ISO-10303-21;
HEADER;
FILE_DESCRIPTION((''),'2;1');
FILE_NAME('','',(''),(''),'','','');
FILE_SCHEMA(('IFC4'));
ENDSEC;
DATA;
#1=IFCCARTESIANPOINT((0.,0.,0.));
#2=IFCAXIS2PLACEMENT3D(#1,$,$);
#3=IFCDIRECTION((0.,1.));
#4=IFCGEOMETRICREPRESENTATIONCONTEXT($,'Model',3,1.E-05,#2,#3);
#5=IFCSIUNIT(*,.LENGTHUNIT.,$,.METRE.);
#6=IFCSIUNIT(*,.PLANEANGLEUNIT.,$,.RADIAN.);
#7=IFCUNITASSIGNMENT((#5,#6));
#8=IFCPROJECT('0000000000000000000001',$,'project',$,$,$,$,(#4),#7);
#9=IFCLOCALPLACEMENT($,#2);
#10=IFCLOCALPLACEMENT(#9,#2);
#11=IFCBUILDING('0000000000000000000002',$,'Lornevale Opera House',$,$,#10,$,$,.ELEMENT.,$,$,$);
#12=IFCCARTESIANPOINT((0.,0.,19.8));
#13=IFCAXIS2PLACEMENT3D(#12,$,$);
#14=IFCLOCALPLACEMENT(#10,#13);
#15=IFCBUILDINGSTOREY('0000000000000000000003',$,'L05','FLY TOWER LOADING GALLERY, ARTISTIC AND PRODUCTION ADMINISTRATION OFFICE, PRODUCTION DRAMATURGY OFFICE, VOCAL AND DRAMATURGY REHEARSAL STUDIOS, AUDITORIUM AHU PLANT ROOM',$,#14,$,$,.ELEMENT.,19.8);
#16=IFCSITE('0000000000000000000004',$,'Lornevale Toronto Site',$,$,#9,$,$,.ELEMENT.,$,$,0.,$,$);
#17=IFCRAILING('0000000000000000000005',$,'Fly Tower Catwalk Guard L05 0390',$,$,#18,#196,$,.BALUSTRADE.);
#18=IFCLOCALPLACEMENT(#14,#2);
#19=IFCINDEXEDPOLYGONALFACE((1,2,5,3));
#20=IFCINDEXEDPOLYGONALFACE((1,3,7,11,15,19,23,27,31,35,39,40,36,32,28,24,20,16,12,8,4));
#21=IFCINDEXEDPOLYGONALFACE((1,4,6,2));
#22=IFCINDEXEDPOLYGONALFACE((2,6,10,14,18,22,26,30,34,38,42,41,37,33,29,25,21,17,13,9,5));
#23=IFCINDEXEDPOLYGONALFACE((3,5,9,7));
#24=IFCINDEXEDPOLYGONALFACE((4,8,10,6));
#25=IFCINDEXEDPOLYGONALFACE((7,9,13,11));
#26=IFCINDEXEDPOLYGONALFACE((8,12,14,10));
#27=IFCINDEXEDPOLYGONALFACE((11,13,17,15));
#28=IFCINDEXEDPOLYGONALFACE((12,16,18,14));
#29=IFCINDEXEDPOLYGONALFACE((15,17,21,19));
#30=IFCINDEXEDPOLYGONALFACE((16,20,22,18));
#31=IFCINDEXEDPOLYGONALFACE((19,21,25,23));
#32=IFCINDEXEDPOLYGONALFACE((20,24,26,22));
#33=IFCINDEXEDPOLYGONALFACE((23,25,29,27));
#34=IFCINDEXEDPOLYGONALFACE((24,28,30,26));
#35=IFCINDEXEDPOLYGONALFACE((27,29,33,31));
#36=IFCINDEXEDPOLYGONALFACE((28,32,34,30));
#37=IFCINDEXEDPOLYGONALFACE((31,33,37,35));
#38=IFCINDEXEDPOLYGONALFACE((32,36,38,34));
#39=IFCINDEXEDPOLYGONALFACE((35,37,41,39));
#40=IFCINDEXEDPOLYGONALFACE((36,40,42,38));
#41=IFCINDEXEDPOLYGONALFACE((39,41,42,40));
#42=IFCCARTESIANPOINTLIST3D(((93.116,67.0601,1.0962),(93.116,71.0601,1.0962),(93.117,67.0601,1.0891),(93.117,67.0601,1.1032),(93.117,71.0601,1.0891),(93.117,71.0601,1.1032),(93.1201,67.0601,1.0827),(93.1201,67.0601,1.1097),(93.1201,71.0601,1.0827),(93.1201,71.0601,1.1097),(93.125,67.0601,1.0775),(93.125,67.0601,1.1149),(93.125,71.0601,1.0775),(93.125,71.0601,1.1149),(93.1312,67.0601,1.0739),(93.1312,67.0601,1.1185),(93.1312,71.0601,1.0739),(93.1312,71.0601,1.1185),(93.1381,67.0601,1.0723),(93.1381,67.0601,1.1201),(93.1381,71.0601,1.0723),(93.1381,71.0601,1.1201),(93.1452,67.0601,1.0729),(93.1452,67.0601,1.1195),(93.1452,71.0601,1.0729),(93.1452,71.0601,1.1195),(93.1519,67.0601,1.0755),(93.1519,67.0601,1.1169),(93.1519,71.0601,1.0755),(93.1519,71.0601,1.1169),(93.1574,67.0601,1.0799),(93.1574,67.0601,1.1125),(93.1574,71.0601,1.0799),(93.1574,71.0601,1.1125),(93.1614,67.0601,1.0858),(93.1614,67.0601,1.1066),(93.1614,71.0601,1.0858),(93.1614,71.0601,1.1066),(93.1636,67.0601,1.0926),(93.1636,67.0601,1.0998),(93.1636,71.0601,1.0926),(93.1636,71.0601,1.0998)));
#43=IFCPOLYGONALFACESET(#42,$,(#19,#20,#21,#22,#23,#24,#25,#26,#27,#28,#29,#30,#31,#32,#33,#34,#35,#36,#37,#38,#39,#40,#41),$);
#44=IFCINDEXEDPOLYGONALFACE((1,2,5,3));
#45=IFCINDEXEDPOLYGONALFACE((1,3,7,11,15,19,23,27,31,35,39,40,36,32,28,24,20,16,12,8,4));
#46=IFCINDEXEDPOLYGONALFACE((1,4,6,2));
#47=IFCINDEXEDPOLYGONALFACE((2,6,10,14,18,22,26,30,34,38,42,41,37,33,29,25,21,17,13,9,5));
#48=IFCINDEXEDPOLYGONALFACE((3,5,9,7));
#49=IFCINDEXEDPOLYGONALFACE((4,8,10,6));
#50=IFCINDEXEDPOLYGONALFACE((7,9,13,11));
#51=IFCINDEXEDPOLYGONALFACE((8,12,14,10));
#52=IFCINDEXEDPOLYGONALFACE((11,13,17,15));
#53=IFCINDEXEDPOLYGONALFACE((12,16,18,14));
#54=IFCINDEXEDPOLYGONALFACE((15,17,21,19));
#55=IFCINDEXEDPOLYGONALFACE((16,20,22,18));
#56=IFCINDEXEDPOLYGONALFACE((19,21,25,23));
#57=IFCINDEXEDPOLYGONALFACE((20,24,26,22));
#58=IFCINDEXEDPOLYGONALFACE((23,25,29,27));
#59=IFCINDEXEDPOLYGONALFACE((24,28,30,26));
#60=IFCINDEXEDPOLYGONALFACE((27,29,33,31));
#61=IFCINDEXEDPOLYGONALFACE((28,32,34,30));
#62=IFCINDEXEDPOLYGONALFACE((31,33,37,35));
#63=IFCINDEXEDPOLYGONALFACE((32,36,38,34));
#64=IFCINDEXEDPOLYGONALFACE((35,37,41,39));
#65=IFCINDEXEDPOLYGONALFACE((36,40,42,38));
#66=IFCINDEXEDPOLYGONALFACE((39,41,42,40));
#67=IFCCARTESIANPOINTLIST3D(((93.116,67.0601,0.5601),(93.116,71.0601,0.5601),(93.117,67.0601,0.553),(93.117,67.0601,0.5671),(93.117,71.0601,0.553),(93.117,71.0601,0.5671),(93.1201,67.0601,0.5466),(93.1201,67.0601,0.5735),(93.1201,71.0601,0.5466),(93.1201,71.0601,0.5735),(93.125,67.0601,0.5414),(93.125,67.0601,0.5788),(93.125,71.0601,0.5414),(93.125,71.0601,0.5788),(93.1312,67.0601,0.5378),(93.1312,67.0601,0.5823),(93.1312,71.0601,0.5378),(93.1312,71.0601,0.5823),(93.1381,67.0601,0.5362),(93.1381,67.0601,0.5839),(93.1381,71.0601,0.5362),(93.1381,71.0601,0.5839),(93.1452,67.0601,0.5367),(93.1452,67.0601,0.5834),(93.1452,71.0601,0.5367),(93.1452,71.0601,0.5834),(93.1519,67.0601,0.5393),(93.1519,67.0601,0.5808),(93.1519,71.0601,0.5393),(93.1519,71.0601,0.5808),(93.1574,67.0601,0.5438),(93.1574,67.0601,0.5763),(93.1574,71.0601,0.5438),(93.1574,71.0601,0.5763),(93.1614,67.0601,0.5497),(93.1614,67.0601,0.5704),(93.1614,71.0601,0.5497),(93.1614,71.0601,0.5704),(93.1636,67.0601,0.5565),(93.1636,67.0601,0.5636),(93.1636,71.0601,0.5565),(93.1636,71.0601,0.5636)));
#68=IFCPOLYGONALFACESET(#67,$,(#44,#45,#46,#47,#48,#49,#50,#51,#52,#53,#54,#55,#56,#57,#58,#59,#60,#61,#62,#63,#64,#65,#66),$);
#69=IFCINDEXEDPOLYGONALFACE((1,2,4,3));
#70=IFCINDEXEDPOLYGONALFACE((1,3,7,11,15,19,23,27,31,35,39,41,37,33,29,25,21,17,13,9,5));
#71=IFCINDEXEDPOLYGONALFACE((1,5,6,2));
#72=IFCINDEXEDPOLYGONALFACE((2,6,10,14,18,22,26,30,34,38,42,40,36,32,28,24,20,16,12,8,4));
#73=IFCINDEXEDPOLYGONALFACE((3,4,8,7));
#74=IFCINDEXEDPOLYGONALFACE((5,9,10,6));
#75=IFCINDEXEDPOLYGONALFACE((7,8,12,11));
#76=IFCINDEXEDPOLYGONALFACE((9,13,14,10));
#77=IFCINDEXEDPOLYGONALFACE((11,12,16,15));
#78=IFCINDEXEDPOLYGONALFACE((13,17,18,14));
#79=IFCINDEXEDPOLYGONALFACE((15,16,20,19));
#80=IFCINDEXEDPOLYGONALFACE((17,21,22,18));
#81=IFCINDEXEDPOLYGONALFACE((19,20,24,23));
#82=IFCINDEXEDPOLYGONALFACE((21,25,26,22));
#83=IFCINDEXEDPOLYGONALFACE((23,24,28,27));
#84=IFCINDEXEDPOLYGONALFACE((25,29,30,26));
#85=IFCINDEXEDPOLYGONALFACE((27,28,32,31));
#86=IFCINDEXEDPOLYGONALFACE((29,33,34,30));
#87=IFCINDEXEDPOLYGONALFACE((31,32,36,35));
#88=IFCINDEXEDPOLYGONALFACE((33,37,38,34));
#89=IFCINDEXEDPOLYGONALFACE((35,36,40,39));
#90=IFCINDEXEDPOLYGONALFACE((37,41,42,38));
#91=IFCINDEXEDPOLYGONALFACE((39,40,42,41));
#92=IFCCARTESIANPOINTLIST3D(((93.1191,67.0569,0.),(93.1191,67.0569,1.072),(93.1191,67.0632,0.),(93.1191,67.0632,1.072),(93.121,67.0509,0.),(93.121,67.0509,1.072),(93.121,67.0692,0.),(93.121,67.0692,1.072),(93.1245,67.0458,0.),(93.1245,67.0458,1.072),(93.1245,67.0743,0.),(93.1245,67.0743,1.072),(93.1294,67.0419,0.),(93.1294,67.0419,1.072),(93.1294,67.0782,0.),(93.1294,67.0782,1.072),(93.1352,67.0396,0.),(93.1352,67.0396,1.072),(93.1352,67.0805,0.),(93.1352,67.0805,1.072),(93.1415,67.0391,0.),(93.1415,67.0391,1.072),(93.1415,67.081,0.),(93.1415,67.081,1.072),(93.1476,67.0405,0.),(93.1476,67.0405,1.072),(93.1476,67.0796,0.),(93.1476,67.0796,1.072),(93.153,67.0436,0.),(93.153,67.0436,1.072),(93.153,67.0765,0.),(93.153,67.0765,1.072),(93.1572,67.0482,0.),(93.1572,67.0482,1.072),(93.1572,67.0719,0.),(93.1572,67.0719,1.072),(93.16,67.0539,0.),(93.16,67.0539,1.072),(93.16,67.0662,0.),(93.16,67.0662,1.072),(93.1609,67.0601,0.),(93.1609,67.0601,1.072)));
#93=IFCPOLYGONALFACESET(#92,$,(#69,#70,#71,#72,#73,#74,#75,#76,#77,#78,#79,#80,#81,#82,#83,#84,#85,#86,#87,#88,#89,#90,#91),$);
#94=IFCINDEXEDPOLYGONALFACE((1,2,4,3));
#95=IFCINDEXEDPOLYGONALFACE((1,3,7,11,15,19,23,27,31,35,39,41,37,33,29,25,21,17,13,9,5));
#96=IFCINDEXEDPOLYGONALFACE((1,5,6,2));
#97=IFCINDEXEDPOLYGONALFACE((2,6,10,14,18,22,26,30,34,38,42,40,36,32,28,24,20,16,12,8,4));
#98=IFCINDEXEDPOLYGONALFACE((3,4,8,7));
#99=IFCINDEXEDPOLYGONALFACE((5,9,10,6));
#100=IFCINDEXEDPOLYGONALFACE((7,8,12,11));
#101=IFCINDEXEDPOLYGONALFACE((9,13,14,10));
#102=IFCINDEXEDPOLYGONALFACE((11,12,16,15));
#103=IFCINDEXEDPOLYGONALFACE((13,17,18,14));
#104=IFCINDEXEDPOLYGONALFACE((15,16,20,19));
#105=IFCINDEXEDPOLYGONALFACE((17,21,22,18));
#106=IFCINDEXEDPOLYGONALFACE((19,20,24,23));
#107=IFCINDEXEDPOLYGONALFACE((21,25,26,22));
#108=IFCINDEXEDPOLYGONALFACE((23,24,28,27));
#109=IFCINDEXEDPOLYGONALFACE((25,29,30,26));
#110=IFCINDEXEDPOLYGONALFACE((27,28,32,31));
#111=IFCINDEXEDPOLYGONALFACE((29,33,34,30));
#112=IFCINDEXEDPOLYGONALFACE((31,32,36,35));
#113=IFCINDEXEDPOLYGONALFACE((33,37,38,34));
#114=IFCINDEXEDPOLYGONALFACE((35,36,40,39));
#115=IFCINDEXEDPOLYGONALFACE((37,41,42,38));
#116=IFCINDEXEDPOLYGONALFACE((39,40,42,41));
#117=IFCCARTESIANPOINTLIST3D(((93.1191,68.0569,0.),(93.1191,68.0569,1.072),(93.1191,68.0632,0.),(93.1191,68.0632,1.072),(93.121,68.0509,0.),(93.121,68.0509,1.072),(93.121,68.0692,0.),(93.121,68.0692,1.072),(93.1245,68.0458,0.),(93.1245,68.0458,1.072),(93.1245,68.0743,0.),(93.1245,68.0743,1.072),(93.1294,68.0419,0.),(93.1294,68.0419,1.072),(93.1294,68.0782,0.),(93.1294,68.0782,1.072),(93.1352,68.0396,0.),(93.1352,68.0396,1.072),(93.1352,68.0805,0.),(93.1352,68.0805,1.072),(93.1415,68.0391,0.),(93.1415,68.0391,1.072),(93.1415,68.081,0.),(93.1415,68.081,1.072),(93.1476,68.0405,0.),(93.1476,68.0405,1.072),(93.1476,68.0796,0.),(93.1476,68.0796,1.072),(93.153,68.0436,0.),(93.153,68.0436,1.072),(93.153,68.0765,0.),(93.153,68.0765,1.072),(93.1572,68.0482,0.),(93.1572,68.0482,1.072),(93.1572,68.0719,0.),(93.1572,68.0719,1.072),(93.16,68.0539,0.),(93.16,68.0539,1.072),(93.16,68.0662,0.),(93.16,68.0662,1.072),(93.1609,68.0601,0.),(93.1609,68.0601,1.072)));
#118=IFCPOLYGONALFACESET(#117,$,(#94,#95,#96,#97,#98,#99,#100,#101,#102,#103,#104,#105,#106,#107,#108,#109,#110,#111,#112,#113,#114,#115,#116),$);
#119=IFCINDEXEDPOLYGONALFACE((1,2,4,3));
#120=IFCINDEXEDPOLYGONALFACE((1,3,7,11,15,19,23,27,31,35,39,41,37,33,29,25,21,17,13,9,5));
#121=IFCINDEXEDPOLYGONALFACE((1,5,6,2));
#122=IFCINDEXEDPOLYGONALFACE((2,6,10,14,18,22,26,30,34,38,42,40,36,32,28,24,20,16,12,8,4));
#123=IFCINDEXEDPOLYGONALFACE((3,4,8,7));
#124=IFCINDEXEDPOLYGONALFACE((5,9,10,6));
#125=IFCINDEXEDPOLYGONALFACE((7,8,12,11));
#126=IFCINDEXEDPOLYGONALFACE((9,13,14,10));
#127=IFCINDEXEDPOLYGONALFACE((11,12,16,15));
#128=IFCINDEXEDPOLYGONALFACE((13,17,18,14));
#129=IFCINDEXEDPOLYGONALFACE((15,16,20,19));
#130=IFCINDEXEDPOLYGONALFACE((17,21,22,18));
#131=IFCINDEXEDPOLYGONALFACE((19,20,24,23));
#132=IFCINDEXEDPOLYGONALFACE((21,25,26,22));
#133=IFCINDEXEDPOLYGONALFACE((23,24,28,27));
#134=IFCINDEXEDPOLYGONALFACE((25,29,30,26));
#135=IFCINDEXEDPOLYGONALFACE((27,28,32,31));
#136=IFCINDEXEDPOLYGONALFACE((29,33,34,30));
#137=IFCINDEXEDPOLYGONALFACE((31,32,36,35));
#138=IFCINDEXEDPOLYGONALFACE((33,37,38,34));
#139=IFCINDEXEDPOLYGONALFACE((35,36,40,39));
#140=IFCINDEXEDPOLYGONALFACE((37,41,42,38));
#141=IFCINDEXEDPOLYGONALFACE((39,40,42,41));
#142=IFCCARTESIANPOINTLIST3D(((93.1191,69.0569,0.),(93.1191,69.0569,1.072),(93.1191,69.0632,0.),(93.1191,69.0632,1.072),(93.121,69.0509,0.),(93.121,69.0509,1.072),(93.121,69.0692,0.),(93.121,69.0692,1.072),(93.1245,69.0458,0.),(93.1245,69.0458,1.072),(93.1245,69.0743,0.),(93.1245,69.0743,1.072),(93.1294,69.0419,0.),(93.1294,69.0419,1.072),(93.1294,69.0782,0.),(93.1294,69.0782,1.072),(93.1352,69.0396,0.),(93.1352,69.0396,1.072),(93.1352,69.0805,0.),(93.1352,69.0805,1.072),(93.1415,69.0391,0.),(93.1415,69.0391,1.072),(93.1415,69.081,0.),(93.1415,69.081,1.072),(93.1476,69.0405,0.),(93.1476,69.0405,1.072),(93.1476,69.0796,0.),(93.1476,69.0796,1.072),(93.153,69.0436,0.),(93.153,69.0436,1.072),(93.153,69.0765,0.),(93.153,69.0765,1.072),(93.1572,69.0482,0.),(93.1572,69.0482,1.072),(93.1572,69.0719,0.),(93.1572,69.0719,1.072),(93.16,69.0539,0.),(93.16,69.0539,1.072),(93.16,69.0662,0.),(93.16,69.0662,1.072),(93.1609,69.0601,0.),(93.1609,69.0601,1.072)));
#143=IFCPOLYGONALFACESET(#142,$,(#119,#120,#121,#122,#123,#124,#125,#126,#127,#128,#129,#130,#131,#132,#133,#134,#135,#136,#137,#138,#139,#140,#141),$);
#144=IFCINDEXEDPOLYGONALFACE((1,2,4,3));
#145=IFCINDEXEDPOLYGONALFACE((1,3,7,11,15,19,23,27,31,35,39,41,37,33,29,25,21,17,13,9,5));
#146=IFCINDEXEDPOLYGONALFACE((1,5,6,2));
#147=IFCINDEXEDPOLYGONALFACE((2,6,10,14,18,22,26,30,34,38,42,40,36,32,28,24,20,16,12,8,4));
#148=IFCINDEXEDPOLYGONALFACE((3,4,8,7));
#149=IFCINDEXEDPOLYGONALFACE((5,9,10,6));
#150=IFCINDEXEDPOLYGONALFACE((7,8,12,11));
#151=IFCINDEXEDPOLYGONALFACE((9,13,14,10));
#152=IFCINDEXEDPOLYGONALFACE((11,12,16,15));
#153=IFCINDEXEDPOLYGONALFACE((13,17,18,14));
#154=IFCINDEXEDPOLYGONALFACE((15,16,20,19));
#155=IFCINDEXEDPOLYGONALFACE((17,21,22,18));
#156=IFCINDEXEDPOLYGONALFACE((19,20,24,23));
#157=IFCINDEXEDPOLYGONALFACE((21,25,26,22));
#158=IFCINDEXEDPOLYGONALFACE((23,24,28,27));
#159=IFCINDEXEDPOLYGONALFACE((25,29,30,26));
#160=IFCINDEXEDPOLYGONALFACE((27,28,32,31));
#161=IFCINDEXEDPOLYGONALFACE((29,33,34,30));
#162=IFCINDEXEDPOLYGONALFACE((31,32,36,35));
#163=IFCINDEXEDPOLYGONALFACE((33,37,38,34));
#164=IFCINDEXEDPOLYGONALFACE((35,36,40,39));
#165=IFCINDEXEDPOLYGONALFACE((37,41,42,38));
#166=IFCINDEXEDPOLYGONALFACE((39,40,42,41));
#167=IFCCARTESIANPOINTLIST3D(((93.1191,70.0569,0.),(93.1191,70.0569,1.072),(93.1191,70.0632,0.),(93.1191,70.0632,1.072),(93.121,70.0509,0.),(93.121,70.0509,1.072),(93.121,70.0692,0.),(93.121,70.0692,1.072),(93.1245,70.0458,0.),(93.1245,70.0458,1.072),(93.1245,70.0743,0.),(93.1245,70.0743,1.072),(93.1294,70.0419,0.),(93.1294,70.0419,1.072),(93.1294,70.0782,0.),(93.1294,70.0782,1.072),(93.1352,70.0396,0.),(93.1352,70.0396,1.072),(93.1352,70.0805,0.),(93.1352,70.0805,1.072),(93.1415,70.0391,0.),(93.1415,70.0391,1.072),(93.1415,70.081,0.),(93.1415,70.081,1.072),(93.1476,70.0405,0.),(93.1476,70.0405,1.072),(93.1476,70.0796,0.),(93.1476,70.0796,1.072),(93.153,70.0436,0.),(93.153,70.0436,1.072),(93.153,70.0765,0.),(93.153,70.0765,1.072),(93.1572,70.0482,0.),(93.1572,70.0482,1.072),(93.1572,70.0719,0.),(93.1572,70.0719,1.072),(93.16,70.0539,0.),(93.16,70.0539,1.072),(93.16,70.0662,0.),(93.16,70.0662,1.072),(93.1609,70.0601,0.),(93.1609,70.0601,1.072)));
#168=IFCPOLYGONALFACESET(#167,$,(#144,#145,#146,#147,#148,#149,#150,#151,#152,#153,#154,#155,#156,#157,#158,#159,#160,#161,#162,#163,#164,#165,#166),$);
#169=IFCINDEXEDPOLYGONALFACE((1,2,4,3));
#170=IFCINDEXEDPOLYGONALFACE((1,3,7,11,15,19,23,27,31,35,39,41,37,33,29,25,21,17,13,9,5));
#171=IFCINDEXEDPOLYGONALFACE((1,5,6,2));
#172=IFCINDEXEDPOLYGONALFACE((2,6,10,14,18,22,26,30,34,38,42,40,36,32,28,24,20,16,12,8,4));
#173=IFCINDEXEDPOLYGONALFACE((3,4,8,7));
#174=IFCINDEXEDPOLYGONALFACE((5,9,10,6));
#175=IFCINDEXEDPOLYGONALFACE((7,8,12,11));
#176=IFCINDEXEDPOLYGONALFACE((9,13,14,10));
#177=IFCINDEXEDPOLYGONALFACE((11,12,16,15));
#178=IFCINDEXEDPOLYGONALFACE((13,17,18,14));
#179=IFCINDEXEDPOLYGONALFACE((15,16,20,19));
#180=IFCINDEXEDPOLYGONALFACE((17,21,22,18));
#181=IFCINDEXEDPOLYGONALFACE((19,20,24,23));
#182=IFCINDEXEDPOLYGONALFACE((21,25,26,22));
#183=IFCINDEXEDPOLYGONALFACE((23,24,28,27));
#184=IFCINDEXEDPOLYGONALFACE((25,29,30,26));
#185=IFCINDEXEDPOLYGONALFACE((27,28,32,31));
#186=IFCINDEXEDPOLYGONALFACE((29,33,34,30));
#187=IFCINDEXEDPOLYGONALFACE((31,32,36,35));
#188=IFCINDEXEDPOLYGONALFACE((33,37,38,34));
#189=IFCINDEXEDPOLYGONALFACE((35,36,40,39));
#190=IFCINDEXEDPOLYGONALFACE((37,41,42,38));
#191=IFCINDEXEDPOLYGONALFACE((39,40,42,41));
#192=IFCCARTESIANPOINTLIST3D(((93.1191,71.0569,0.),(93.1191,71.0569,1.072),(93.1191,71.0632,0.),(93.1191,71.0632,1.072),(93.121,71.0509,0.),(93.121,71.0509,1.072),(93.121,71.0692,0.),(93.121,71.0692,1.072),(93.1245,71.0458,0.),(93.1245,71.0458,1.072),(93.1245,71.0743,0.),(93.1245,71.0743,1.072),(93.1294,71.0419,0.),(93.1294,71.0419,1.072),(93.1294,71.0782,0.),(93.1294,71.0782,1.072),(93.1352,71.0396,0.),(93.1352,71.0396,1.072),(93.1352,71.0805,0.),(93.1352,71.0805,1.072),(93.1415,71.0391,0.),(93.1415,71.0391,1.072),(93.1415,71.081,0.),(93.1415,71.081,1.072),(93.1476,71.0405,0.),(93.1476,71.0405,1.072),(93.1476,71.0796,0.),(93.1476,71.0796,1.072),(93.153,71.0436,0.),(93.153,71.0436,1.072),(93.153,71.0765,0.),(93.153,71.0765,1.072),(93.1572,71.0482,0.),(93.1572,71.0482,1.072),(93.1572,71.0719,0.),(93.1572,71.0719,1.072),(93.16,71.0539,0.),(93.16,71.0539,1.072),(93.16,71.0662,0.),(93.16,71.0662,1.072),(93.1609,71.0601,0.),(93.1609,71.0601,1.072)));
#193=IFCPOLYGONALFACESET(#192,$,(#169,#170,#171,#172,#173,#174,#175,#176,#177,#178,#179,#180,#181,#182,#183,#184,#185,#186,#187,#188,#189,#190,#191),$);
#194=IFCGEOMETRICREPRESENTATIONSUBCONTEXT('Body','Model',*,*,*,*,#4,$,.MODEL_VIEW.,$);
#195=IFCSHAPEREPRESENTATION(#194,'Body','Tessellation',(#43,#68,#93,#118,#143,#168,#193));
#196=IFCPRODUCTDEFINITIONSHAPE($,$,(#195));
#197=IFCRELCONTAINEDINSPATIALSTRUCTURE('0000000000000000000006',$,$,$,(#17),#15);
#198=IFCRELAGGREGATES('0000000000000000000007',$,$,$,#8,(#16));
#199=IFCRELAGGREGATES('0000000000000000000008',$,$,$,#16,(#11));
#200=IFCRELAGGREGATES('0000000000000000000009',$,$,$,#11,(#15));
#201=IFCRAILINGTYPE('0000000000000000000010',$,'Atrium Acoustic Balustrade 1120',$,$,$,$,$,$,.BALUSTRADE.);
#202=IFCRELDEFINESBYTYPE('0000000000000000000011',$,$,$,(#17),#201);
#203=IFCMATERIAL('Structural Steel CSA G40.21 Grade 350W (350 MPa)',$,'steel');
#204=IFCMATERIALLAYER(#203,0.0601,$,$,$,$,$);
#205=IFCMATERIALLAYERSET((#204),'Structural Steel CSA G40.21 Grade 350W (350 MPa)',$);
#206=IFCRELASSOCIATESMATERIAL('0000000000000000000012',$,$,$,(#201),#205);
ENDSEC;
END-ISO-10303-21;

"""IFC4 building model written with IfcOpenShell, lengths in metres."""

from ifc_helpers import new_model, si_unit, direction, frame, origin, origin_2d, place, context, subcontext, project, spatial, circle, extrude, material, layer, layer_set, type_object, element, save


model = new_model("IFC4")

# Units and contexts
model_context = context("Model", 3, precision=1e-05, world=origin(), true_north=direction((0.0, 1.0)))
body_context = subcontext(model_context, "Body", "Model", "MODEL_VIEW")
ifc_project = project(units=[si_unit("LENGTHUNIT", "METRE"), si_unit("PLANEANGLEUNIT", "RADIAN")], contexts=[model_context])

# Site, building, storey
site_placement = place(None, origin())
site = spatial("IfcSite", under=ifc_project, at=site_placement, Name="Lornevale Toronto Site", CompositionType="ELEMENT", RefElevation=0.0)
building_placement = place(site_placement, origin())
building = spatial("IfcBuilding", under=site, at=building_placement, Name="Lornevale Opera House", CompositionType="ELEMENT")
storey_placement = place(building_placement, frame((0.0, 0.0, 19.8)))
storey = spatial("IfcBuildingStorey", under=building, at=storey_placement, Name="L05", Description="FLY TOWER LOADING GALLERY, ARTISTIC AND PRODUCTION ADMINISTRATION OFFICE, PRODUCTION DRAMATURGY OFFICE, VOCAL AND DRAMATURGY REHEARSAL STUDIOS, AUDITORIUM AHU PLANT ROOM", CompositionType="ELEMENT", Elevation=19.8)

# Shared definitions
ifc_material_1 = material(Name="Structural Steel CSA G40.21 Grade 350W (350 MPa)", Category="steel")

# Railing
ifc_layer_1 = layer(ifc_material_1, 0.0601)
ifc_layer_set_1 = layer_set([ifc_layer_1], Name="Structural Steel CSA G40.21 Grade 350W (350 MPa)")
railing_type = type_object("IfcRailingType", Name="Atrium Acoustic Balustrade 1120", PredefinedType="BALUSTRADE", material=ifc_layer_set_1)
railing_1_placement = place(storey_placement, frame((93.1399, 67.0601, 0.0)))
element("IfcRailing", 1, at=railing_1_placement, inside=storey, type_object=railing_type, Name="Fly Tower Catwalk Guard L05 0390", PredefinedType="BALUSTRADE", context=body_context, shape_type="SweptSolid", body=[
    extrude(circle(Radius=0.0239, at=origin_2d()), frame((0.0, 0.0, 1.0962), z_axis=(0.0, 1.0, 0.0), x_axis=(-1.0, 0.0, 0.0)), (0.0, 0.0, 1.0), 4.0),
    extrude(circle(Radius=0.0239, at=origin_2d()), frame((0.0, 0.0, 0.5601), z_axis=(0.0, 1.0, 0.0), x_axis=(-1.0, 0.0, 0.0)), (0.0, 0.0, 1.0), 4.0),
    extrude(circle(Radius=0.021, at=origin_2d()), origin(), (0.0, 0.0, 1.0), 1.072),
    extrude(circle(Radius=0.021, at=origin_2d()), frame((0.0, 1.0, 0.0)), (0.0, 0.0, 1.0), 1.072),
    extrude(circle(Radius=0.021, at=origin_2d()), frame((0.0, 2.0, 0.0)), (0.0, 0.0, 1.0), 1.072),
    extrude(circle(Radius=0.021, at=origin_2d()), frame((0.0, 3.0, 0.0)), (0.0, 0.0, 1.0), 1.072),
    extrude(circle(Radius=0.021, at=origin_2d()), frame((0.0, 4.0, 0.0)), (0.0, 0.0, 1.0), 1.072),
])

save(model, "model.ifc")
